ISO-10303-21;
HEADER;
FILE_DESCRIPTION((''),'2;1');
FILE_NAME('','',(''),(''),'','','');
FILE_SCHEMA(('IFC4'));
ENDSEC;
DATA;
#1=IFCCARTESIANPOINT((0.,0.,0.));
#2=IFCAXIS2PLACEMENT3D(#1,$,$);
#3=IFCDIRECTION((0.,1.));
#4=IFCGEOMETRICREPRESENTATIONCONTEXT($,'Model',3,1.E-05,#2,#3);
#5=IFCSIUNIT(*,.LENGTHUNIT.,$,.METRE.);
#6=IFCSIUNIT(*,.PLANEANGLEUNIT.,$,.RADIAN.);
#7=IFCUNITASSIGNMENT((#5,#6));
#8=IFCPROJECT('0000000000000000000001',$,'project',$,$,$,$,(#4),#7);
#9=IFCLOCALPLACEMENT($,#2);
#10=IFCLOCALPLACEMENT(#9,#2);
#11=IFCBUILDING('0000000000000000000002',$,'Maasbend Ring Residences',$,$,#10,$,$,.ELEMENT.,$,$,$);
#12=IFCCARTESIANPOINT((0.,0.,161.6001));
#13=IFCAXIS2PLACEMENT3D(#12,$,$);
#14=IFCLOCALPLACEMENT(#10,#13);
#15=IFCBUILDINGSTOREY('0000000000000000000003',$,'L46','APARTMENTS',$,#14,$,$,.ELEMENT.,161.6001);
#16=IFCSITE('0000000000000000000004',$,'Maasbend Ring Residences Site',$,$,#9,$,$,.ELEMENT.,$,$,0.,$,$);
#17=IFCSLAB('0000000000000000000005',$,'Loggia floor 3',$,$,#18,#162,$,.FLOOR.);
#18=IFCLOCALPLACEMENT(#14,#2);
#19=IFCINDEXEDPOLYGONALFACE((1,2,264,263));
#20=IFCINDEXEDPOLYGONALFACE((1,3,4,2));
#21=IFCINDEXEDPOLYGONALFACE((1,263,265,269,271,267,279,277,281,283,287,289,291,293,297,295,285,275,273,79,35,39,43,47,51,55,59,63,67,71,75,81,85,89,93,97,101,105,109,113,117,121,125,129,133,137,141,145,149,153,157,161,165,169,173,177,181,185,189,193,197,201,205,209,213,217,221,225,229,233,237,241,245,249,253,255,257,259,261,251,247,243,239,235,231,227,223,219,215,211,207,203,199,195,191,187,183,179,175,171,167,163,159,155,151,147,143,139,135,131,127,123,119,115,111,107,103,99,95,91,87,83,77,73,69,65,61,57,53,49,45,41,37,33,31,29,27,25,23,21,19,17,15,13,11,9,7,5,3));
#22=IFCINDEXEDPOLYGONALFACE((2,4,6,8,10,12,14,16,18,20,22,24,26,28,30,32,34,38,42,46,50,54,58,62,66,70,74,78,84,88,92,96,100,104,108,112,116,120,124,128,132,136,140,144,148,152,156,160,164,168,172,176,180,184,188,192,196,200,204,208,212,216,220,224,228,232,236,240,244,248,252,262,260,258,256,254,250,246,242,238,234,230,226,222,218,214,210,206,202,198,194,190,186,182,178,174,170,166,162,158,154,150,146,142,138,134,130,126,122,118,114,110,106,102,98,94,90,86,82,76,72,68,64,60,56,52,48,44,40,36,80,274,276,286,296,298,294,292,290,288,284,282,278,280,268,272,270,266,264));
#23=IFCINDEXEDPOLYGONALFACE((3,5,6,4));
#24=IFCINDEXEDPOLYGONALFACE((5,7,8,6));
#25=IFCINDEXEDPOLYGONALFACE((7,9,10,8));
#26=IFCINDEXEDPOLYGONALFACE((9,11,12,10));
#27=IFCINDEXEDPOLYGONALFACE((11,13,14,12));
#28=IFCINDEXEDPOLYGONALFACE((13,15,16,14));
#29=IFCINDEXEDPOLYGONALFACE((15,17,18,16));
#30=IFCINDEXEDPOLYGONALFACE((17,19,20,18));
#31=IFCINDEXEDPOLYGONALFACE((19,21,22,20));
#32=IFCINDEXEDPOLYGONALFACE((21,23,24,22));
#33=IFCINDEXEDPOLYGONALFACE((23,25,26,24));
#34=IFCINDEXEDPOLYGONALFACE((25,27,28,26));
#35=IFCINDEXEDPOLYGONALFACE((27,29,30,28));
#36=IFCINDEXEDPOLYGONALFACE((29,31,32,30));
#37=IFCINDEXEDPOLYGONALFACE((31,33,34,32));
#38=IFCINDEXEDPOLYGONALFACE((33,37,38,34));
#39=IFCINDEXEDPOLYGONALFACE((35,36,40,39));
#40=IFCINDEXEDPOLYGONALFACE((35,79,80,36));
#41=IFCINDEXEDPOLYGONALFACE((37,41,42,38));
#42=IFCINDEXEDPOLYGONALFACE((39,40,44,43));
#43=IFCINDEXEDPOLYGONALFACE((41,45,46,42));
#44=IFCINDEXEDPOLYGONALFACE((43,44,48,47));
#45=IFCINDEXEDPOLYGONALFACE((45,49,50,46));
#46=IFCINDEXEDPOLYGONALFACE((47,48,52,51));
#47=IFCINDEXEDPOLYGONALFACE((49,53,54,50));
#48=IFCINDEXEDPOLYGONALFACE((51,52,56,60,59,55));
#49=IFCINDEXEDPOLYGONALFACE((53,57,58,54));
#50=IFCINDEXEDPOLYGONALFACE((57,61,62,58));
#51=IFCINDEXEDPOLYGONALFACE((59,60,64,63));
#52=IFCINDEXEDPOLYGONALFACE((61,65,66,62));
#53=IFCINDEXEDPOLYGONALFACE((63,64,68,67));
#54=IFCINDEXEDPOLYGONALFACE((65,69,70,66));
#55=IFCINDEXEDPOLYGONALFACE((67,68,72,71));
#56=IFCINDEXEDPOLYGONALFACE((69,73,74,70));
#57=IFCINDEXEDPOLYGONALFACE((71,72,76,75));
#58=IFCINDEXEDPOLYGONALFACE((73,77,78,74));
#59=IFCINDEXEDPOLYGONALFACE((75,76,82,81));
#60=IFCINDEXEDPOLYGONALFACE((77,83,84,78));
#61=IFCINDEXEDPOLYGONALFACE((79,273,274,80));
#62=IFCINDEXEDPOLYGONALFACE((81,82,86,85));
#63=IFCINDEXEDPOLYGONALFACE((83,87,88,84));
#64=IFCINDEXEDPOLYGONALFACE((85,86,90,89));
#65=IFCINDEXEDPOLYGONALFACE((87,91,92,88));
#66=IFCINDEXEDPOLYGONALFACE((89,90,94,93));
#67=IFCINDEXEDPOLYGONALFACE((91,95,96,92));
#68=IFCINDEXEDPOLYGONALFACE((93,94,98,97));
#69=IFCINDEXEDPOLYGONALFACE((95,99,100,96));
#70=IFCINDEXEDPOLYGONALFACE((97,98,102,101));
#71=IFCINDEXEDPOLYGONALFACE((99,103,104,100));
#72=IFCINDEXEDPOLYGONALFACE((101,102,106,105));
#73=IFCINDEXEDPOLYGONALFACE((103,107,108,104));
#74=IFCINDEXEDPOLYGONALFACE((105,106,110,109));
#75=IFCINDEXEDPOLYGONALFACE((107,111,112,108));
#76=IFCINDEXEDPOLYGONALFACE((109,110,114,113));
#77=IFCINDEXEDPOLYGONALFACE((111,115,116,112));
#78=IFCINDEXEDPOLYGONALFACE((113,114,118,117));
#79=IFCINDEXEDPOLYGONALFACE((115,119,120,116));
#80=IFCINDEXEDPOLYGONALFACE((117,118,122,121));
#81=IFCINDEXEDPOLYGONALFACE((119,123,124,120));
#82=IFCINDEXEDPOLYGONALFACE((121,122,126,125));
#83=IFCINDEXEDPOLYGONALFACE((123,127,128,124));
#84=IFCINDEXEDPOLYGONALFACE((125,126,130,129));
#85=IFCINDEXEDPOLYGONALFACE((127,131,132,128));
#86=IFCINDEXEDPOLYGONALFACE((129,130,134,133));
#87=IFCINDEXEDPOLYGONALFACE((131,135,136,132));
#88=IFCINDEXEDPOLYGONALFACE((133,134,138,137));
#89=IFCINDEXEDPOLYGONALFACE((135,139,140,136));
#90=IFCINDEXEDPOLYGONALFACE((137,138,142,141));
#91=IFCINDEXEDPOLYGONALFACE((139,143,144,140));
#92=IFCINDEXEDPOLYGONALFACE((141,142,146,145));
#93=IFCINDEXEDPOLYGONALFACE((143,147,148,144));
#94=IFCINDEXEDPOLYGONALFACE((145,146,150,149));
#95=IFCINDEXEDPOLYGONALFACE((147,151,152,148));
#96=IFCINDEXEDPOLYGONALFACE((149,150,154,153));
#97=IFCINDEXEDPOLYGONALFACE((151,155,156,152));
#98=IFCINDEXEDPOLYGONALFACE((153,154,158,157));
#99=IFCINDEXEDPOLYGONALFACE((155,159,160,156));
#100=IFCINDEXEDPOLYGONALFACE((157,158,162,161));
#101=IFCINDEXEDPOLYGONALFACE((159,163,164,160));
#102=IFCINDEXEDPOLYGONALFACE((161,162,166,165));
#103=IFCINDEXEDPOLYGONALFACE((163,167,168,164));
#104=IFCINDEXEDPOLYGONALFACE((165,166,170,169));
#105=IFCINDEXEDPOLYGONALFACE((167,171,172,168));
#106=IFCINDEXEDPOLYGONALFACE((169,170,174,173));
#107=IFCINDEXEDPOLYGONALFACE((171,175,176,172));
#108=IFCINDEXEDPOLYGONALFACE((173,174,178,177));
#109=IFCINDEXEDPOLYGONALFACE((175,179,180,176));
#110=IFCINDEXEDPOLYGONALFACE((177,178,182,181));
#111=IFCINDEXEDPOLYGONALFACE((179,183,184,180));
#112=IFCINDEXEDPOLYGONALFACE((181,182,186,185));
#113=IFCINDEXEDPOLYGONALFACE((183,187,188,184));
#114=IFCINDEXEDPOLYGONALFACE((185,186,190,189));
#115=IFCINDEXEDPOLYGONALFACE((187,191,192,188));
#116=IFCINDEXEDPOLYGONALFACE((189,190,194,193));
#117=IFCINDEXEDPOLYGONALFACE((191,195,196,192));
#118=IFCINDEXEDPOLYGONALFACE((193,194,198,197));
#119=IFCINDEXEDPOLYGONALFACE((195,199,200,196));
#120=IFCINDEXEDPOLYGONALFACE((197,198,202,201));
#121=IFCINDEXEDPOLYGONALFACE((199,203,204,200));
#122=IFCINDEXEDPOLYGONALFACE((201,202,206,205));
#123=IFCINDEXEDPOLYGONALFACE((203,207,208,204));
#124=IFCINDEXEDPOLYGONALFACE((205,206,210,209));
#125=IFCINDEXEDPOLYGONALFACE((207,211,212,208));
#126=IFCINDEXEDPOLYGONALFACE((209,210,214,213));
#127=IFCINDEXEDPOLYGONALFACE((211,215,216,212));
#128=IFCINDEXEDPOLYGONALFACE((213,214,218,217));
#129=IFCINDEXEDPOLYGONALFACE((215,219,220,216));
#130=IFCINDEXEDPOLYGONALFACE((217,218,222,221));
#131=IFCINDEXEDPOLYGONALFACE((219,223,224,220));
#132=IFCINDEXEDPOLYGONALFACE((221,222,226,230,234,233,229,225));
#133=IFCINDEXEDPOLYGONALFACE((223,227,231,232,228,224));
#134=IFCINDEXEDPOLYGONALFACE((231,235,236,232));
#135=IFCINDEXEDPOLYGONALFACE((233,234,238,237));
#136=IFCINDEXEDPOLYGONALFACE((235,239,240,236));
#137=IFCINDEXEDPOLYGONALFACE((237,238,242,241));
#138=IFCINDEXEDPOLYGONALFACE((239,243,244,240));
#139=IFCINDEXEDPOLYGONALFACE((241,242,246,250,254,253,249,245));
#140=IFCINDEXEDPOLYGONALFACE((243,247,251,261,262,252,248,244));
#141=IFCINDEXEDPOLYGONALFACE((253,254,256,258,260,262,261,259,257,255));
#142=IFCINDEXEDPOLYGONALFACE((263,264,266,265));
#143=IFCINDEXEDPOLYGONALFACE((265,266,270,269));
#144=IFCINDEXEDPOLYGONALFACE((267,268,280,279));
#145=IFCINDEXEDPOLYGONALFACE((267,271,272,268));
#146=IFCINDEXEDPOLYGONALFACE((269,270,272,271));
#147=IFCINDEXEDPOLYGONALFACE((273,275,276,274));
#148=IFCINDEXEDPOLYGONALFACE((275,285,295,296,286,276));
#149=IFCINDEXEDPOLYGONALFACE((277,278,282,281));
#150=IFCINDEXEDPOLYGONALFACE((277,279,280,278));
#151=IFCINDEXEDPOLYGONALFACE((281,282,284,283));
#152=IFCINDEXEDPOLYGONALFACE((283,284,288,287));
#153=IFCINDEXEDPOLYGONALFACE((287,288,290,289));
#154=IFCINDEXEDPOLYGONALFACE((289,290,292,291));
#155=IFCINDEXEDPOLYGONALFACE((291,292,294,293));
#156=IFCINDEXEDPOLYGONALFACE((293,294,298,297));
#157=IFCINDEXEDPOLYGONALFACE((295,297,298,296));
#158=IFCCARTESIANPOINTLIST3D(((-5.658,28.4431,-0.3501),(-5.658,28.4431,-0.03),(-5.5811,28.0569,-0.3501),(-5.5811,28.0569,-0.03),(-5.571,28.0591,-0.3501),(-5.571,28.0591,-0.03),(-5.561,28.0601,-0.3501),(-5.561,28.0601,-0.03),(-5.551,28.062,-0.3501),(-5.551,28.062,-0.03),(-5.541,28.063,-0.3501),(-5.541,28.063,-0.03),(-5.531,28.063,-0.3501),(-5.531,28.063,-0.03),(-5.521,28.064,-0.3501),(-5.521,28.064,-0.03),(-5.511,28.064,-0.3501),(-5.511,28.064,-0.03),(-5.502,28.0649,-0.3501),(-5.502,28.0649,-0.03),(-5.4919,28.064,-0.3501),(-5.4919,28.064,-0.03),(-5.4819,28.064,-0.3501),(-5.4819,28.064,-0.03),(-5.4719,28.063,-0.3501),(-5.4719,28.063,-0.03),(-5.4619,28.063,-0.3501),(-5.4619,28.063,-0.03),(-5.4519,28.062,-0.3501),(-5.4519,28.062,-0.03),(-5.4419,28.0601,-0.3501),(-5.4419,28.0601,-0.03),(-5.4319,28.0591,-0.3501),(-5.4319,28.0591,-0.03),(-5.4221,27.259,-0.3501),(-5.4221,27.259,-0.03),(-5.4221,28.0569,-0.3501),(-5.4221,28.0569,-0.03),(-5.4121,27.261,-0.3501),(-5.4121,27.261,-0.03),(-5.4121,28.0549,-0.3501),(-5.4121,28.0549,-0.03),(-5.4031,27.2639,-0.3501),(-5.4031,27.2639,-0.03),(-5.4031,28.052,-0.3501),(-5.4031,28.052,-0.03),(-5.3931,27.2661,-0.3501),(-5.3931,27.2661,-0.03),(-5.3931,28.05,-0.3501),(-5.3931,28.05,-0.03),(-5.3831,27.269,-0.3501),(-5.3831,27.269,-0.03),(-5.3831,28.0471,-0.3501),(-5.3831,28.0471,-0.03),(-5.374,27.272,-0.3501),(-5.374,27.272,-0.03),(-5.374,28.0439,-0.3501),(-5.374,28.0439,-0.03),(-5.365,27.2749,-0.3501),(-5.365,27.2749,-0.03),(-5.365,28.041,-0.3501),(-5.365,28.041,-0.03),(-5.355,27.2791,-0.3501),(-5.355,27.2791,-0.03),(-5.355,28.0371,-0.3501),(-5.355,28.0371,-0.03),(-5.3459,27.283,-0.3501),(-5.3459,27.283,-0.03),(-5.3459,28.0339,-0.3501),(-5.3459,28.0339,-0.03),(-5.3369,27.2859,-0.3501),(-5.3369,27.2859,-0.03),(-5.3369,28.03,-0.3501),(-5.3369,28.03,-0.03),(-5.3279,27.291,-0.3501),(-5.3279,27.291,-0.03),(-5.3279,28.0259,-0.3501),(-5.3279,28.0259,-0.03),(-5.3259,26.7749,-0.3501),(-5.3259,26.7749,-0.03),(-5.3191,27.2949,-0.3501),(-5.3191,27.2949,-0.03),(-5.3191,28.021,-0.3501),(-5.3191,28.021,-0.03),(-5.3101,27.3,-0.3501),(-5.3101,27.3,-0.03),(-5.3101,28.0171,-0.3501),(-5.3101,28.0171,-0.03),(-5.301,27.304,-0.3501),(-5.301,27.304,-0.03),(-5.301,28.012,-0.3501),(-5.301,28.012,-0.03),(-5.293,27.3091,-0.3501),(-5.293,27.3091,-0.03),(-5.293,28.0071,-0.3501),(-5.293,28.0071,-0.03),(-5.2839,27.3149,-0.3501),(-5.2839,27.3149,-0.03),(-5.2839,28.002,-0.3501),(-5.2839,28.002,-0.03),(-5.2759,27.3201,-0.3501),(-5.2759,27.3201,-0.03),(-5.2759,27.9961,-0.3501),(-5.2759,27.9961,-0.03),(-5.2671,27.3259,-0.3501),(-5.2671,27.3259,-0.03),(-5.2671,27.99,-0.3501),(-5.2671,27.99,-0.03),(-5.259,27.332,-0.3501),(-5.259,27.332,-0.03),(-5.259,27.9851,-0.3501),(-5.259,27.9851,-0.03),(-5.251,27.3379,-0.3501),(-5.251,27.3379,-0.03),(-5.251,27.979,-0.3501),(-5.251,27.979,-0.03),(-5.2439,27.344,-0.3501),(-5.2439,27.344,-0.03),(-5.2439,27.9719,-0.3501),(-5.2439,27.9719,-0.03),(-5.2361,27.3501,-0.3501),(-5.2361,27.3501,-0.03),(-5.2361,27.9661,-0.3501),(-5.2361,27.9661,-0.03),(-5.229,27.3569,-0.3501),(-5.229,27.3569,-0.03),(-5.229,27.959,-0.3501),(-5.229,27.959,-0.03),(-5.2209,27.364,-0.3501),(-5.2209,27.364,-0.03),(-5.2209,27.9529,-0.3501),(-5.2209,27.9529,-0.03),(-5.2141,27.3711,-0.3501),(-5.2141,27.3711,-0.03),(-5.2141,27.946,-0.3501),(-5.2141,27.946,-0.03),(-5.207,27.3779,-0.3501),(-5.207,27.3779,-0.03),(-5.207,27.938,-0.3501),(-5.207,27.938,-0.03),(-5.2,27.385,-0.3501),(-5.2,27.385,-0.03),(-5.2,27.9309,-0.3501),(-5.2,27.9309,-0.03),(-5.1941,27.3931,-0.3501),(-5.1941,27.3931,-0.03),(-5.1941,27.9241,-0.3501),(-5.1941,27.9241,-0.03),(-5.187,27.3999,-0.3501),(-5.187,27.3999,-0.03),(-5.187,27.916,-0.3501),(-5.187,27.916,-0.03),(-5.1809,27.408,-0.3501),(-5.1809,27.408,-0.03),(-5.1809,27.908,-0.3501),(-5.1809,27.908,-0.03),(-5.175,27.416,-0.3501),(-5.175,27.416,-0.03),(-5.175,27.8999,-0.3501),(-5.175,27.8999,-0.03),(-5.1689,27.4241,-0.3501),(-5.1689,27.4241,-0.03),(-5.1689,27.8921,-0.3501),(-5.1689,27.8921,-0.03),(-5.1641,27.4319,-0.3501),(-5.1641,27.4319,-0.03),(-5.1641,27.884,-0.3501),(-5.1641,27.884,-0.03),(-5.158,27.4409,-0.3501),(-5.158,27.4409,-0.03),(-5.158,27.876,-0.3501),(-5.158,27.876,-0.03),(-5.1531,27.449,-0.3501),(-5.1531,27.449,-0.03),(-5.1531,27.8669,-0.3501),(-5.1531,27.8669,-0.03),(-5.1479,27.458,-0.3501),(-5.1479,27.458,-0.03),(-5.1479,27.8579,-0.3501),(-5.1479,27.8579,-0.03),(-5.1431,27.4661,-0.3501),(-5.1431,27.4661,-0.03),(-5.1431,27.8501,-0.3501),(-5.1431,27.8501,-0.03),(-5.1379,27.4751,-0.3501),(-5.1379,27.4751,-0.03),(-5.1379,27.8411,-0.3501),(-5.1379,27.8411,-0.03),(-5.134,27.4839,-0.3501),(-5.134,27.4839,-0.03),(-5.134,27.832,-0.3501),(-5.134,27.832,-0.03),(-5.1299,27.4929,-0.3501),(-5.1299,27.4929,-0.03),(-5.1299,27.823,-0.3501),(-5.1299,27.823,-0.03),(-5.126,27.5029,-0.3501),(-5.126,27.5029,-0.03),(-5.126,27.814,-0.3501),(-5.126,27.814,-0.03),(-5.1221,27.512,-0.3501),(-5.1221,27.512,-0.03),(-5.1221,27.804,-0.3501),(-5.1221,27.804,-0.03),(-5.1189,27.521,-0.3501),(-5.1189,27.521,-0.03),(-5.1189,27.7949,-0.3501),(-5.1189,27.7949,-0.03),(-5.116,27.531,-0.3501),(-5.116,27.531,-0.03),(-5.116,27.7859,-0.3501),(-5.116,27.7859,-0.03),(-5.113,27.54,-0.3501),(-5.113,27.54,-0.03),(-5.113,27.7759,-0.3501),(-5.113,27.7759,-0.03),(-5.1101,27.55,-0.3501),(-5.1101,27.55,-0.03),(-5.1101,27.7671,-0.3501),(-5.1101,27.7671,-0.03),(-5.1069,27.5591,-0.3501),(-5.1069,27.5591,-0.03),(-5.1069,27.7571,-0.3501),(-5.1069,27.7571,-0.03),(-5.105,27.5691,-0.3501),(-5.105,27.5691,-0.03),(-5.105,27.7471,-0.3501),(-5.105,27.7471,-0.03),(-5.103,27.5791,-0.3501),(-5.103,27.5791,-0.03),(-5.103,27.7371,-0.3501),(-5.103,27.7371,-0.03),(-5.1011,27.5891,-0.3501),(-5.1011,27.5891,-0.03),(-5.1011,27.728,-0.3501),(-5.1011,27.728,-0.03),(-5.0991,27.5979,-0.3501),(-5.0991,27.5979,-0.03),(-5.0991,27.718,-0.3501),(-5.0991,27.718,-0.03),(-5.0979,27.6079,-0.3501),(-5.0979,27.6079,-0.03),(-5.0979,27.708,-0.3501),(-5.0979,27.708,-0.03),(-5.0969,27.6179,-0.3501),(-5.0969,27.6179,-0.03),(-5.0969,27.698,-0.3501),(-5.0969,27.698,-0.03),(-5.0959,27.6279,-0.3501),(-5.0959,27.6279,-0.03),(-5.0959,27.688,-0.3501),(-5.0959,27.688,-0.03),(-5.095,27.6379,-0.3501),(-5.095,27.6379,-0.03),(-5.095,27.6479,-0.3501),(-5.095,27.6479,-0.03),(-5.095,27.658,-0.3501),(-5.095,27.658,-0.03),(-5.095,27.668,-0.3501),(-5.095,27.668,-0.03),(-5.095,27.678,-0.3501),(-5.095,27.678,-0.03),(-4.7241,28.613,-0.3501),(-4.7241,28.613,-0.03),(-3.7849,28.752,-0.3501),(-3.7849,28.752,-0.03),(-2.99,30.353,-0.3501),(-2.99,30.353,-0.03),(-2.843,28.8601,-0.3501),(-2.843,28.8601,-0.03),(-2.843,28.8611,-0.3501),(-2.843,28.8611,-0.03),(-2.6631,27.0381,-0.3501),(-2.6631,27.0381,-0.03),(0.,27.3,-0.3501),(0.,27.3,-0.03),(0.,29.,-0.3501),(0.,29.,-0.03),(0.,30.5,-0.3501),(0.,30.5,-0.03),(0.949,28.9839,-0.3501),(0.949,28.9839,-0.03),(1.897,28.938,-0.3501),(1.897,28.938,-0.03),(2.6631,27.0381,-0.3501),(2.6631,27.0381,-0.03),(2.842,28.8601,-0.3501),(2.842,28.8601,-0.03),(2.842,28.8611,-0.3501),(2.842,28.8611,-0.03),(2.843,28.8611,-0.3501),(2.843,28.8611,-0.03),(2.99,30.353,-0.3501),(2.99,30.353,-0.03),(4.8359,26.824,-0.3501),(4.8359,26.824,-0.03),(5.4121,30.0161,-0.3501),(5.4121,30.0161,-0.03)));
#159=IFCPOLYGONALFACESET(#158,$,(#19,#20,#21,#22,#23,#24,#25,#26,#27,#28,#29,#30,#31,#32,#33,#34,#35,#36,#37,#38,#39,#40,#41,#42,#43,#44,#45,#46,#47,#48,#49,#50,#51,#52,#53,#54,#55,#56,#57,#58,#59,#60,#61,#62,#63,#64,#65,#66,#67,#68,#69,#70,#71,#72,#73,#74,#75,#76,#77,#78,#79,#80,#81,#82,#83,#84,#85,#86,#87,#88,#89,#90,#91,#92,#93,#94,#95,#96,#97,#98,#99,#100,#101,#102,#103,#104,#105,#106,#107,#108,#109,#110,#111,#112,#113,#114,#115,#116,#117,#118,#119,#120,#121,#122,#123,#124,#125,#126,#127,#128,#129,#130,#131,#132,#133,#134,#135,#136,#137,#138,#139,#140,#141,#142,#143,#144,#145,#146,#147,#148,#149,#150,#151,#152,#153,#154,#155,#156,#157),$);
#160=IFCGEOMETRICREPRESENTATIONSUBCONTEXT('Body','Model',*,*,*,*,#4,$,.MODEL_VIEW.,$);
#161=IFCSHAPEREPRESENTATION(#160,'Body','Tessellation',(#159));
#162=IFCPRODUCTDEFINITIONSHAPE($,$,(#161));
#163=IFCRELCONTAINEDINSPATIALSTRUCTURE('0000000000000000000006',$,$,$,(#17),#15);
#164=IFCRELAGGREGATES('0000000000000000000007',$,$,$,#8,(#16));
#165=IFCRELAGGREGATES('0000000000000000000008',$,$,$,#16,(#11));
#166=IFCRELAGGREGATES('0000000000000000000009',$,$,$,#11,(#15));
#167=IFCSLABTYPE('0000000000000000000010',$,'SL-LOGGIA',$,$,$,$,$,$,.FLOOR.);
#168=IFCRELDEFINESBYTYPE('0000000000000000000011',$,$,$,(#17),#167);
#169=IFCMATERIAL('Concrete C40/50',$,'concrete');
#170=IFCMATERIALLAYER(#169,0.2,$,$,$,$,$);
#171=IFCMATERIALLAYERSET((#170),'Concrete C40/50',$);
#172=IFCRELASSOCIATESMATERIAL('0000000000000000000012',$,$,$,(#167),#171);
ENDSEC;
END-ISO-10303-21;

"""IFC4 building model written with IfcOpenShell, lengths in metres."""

from ifc_helpers import new_model, si_unit, direction, frame, origin, place, context, subcontext, project, spatial, polyline, outline, extrude, material, layer, layer_set, type_object, element, save


model = new_model("IFC4")

# Units and contexts
model_context = context("Model", 3, precision=1e-05, world=origin(), true_north=direction((0.0, 1.0)))
body_context = subcontext(model_context, "Body", "Model", "MODEL_VIEW")
ifc_project = project(units=[si_unit("LENGTHUNIT", "METRE"), si_unit("PLANEANGLEUNIT", "RADIAN")], contexts=[model_context])

# Site, building, storey
site_placement = place(None, origin())
site = spatial("IfcSite", under=ifc_project, at=site_placement, Name="Maasbend Ring Residences Site", CompositionType="ELEMENT", RefElevation=0.0)
building_placement = place(site_placement, origin())
building = spatial("IfcBuilding", under=site, at=building_placement, Name="Maasbend Ring Residences", CompositionType="ELEMENT")
storey_placement = place(building_placement, frame((0.0, 0.0, 161.6001)))
storey = spatial("IfcBuildingStorey", under=building, at=storey_placement, Name="L46", Description="APARTMENTS", CompositionType="ELEMENT", Elevation=161.6001)

# Slab
ifc_material_1 = material(Name="Concrete C40/50", Category="concrete")
ifc_layer_1 = layer(ifc_material_1, 0.2)
ifc_layer_set_1 = layer_set([ifc_layer_1], Name="Concrete C40/50")
slab_type_1 = type_object("IfcSlabType", Name="SL-LOGGIA", PredefinedType="FLOOR", material=ifc_layer_set_1)
slab_1_placement = place(storey_placement, frame((0.0, 0.0, -0.3501)))
element("IfcSlab", 1, at=slab_1_placement, inside=storey, type_object=slab_type_1, Name="Loggia floor 3", PredefinedType="FLOOR", context=body_context, shape_type="SweptSolid", body=[
    extrude(outline(polyline([(-3.7849, 28.752), (-2.843, 28.8601), (-2.843, 28.8601), (-2.843, 28.8601), (-2.843, 28.8601), (-2.843, 28.8601), (-2.843, 28.8601), (-2.843, 28.8601), (-2.843, 28.8601), (-2.843, 28.8601), (-2.843, 28.8611), (-2.843, 28.8611), (-2.843, 28.8611), (-2.843, 28.8611), (-2.843, 28.8611), (-2.843, 28.8611), (-2.843, 28.8611), (-2.843, 28.8611), (-2.99, 30.353), (-2.99, 30.353), (-2.99, 30.353), (0.0, 30.5), (0.0, 30.5), (0.0, 30.5), (0.0, 29.0), (0.0, 29.0), (0.0, 29.0), (0.0, 29.0), (0.0, 29.0), (0.0, 29.0), (0.0, 29.0), (0.0, 29.0), (0.0, 29.0), (0.0, 29.0), (0.0, 29.0), (0.0, 29.0), (0.0, 29.0), (0.0, 29.0), (0.0, 29.0), (0.0, 29.0), (0.0, 29.0), (0.949, 28.9839), (0.949, 28.9839), (1.897, 28.938), (1.897, 28.938), (2.842, 28.8601), (2.842, 28.8601), (2.842, 28.8601), (2.842, 28.8601), (2.842, 28.8601), (2.842, 28.8601), (2.842, 28.8601), (2.842, 28.8601), (2.842, 28.8611), (2.842, 28.8611), (2.842, 28.8611), (2.842, 28.8611), (2.842, 28.8611), (2.843, 28.8611), (2.843, 28.8611), (2.843, 28.8611), (2.843, 28.8611), (2.99, 30.353), (2.99, 30.353), (2.99, 30.353), (5.4121, 30.0161), (5.4121, 30.0161), (5.4121, 30.0161), (4.8359, 26.824), (4.8359, 26.824), (4.8359, 26.824), (2.6631, 27.0381), (0.0, 27.3), (0.0, 27.3), (0.0, 27.3), (-2.6631, 27.0381), (-5.3259, 26.7749), (-5.3259, 26.7749), (-5.3259, 26.7749), (-5.4221, 27.259), (-5.4221, 27.259), (-5.4121, 27.261), (-5.4031, 27.2639), (-5.3931, 27.2661), (-5.3831, 27.269), (-5.374, 27.272), (-5.365, 27.2749), (-5.355, 27.2791), (-5.3459, 27.283), (-5.3369, 27.2859), (-5.3279, 27.291), (-5.3191, 27.2949), (-5.3101, 27.3), (-5.301, 27.304), (-5.293, 27.3091), (-5.2839, 27.3149), (-5.2759, 27.3201), (-5.2671, 27.3259), (-5.259, 27.332), (-5.251, 27.3379), (-5.2439, 27.344), (-5.2361, 27.3501), (-5.229, 27.3569), (-5.2209, 27.364), (-5.2141, 27.3711), (-5.207, 27.3779), (-5.2, 27.385), (-5.1941, 27.3931), (-5.187, 27.3999), (-5.1809, 27.408), (-5.175, 27.416), (-5.1689, 27.4241), (-5.1641, 27.4319), (-5.158, 27.4409), (-5.1531, 27.449), (-5.1479, 27.458), (-5.1431, 27.4661), (-5.1379, 27.4751), (-5.134, 27.4839), (-5.1299, 27.4929), (-5.126, 27.5029), (-5.1221, 27.512), (-5.1189, 27.521), (-5.116, 27.531), (-5.113, 27.54), (-5.1101, 27.55), (-5.1069, 27.5591), (-5.105, 27.5691), (-5.103, 27.5791), (-5.1011, 27.5891), (-5.0991, 27.5979), (-5.0979, 27.6079), (-5.0969, 27.6179), (-5.0959, 27.6279), (-5.095, 27.6379), (-5.095, 27.6479), (-5.095, 27.658), (-5.095, 27.668), (-5.095, 27.678), (-5.0959, 27.688), (-5.0969, 27.698), (-5.0979, 27.708), (-5.0991, 27.718), (-5.1011, 27.728), (-5.103, 27.7371), (-5.105, 27.7471), (-5.1069, 27.7571), (-5.1101, 27.7671), (-5.113, 27.7759), (-5.116, 27.7859), (-5.1189, 27.7949), (-5.1221, 27.804), (-5.126, 27.814), (-5.1299, 27.823), (-5.134, 27.832), (-5.1379, 27.8411), (-5.1431, 27.8501), (-5.1479, 27.8579), (-5.1531, 27.8669), (-5.158, 27.876), (-5.1641, 27.884), (-5.1689, 27.8921), (-5.175, 27.8999), (-5.1809, 27.908), (-5.187, 27.916), (-5.1941, 27.9241), (-5.2, 27.9309), (-5.207, 27.938), (-5.2141, 27.946), (-5.2209, 27.9529), (-5.229, 27.959), (-5.2361, 27.9661), (-5.2439, 27.9719), (-5.251, 27.979), (-5.259, 27.9851), (-5.2671, 27.99), (-5.2759, 27.9961), (-5.2839, 28.002), (-5.293, 28.0071), (-5.301, 28.012), (-5.3101, 28.0171), (-5.3191, 28.021), (-5.3279, 28.0259), (-5.3369, 28.03), (-5.3459, 28.0339), (-5.355, 28.0371), (-5.365, 28.041), (-5.374, 28.0439), (-5.3831, 28.0471), (-5.3931, 28.05), (-5.4031, 28.052), (-5.4121, 28.0549), (-5.4221, 28.0569), (-5.4319, 28.0591), (-5.4419, 28.0601), (-5.4519, 28.062), (-5.4619, 28.063), (-5.4719, 28.063), (-5.4819, 28.064), (-5.4919, 28.064), (-5.502, 28.0649), (-5.511, 28.064), (-5.521, 28.064), (-5.531, 28.063), (-5.541, 28.063), (-5.551, 28.062), (-5.561, 28.0601), (-5.571, 28.0591), (-5.5811, 28.0569), (-5.5811, 28.0569), (-5.658, 28.4431), (-5.658, 28.4431), (-5.658, 28.4431), (-4.7241, 28.613), (-4.7241, 28.613), (-3.7849, 28.752), (-3.7849, 28.752)])), origin(), (0.0, 0.0, 1.0), 0.3201),
])

save(model, "model.ifc")
